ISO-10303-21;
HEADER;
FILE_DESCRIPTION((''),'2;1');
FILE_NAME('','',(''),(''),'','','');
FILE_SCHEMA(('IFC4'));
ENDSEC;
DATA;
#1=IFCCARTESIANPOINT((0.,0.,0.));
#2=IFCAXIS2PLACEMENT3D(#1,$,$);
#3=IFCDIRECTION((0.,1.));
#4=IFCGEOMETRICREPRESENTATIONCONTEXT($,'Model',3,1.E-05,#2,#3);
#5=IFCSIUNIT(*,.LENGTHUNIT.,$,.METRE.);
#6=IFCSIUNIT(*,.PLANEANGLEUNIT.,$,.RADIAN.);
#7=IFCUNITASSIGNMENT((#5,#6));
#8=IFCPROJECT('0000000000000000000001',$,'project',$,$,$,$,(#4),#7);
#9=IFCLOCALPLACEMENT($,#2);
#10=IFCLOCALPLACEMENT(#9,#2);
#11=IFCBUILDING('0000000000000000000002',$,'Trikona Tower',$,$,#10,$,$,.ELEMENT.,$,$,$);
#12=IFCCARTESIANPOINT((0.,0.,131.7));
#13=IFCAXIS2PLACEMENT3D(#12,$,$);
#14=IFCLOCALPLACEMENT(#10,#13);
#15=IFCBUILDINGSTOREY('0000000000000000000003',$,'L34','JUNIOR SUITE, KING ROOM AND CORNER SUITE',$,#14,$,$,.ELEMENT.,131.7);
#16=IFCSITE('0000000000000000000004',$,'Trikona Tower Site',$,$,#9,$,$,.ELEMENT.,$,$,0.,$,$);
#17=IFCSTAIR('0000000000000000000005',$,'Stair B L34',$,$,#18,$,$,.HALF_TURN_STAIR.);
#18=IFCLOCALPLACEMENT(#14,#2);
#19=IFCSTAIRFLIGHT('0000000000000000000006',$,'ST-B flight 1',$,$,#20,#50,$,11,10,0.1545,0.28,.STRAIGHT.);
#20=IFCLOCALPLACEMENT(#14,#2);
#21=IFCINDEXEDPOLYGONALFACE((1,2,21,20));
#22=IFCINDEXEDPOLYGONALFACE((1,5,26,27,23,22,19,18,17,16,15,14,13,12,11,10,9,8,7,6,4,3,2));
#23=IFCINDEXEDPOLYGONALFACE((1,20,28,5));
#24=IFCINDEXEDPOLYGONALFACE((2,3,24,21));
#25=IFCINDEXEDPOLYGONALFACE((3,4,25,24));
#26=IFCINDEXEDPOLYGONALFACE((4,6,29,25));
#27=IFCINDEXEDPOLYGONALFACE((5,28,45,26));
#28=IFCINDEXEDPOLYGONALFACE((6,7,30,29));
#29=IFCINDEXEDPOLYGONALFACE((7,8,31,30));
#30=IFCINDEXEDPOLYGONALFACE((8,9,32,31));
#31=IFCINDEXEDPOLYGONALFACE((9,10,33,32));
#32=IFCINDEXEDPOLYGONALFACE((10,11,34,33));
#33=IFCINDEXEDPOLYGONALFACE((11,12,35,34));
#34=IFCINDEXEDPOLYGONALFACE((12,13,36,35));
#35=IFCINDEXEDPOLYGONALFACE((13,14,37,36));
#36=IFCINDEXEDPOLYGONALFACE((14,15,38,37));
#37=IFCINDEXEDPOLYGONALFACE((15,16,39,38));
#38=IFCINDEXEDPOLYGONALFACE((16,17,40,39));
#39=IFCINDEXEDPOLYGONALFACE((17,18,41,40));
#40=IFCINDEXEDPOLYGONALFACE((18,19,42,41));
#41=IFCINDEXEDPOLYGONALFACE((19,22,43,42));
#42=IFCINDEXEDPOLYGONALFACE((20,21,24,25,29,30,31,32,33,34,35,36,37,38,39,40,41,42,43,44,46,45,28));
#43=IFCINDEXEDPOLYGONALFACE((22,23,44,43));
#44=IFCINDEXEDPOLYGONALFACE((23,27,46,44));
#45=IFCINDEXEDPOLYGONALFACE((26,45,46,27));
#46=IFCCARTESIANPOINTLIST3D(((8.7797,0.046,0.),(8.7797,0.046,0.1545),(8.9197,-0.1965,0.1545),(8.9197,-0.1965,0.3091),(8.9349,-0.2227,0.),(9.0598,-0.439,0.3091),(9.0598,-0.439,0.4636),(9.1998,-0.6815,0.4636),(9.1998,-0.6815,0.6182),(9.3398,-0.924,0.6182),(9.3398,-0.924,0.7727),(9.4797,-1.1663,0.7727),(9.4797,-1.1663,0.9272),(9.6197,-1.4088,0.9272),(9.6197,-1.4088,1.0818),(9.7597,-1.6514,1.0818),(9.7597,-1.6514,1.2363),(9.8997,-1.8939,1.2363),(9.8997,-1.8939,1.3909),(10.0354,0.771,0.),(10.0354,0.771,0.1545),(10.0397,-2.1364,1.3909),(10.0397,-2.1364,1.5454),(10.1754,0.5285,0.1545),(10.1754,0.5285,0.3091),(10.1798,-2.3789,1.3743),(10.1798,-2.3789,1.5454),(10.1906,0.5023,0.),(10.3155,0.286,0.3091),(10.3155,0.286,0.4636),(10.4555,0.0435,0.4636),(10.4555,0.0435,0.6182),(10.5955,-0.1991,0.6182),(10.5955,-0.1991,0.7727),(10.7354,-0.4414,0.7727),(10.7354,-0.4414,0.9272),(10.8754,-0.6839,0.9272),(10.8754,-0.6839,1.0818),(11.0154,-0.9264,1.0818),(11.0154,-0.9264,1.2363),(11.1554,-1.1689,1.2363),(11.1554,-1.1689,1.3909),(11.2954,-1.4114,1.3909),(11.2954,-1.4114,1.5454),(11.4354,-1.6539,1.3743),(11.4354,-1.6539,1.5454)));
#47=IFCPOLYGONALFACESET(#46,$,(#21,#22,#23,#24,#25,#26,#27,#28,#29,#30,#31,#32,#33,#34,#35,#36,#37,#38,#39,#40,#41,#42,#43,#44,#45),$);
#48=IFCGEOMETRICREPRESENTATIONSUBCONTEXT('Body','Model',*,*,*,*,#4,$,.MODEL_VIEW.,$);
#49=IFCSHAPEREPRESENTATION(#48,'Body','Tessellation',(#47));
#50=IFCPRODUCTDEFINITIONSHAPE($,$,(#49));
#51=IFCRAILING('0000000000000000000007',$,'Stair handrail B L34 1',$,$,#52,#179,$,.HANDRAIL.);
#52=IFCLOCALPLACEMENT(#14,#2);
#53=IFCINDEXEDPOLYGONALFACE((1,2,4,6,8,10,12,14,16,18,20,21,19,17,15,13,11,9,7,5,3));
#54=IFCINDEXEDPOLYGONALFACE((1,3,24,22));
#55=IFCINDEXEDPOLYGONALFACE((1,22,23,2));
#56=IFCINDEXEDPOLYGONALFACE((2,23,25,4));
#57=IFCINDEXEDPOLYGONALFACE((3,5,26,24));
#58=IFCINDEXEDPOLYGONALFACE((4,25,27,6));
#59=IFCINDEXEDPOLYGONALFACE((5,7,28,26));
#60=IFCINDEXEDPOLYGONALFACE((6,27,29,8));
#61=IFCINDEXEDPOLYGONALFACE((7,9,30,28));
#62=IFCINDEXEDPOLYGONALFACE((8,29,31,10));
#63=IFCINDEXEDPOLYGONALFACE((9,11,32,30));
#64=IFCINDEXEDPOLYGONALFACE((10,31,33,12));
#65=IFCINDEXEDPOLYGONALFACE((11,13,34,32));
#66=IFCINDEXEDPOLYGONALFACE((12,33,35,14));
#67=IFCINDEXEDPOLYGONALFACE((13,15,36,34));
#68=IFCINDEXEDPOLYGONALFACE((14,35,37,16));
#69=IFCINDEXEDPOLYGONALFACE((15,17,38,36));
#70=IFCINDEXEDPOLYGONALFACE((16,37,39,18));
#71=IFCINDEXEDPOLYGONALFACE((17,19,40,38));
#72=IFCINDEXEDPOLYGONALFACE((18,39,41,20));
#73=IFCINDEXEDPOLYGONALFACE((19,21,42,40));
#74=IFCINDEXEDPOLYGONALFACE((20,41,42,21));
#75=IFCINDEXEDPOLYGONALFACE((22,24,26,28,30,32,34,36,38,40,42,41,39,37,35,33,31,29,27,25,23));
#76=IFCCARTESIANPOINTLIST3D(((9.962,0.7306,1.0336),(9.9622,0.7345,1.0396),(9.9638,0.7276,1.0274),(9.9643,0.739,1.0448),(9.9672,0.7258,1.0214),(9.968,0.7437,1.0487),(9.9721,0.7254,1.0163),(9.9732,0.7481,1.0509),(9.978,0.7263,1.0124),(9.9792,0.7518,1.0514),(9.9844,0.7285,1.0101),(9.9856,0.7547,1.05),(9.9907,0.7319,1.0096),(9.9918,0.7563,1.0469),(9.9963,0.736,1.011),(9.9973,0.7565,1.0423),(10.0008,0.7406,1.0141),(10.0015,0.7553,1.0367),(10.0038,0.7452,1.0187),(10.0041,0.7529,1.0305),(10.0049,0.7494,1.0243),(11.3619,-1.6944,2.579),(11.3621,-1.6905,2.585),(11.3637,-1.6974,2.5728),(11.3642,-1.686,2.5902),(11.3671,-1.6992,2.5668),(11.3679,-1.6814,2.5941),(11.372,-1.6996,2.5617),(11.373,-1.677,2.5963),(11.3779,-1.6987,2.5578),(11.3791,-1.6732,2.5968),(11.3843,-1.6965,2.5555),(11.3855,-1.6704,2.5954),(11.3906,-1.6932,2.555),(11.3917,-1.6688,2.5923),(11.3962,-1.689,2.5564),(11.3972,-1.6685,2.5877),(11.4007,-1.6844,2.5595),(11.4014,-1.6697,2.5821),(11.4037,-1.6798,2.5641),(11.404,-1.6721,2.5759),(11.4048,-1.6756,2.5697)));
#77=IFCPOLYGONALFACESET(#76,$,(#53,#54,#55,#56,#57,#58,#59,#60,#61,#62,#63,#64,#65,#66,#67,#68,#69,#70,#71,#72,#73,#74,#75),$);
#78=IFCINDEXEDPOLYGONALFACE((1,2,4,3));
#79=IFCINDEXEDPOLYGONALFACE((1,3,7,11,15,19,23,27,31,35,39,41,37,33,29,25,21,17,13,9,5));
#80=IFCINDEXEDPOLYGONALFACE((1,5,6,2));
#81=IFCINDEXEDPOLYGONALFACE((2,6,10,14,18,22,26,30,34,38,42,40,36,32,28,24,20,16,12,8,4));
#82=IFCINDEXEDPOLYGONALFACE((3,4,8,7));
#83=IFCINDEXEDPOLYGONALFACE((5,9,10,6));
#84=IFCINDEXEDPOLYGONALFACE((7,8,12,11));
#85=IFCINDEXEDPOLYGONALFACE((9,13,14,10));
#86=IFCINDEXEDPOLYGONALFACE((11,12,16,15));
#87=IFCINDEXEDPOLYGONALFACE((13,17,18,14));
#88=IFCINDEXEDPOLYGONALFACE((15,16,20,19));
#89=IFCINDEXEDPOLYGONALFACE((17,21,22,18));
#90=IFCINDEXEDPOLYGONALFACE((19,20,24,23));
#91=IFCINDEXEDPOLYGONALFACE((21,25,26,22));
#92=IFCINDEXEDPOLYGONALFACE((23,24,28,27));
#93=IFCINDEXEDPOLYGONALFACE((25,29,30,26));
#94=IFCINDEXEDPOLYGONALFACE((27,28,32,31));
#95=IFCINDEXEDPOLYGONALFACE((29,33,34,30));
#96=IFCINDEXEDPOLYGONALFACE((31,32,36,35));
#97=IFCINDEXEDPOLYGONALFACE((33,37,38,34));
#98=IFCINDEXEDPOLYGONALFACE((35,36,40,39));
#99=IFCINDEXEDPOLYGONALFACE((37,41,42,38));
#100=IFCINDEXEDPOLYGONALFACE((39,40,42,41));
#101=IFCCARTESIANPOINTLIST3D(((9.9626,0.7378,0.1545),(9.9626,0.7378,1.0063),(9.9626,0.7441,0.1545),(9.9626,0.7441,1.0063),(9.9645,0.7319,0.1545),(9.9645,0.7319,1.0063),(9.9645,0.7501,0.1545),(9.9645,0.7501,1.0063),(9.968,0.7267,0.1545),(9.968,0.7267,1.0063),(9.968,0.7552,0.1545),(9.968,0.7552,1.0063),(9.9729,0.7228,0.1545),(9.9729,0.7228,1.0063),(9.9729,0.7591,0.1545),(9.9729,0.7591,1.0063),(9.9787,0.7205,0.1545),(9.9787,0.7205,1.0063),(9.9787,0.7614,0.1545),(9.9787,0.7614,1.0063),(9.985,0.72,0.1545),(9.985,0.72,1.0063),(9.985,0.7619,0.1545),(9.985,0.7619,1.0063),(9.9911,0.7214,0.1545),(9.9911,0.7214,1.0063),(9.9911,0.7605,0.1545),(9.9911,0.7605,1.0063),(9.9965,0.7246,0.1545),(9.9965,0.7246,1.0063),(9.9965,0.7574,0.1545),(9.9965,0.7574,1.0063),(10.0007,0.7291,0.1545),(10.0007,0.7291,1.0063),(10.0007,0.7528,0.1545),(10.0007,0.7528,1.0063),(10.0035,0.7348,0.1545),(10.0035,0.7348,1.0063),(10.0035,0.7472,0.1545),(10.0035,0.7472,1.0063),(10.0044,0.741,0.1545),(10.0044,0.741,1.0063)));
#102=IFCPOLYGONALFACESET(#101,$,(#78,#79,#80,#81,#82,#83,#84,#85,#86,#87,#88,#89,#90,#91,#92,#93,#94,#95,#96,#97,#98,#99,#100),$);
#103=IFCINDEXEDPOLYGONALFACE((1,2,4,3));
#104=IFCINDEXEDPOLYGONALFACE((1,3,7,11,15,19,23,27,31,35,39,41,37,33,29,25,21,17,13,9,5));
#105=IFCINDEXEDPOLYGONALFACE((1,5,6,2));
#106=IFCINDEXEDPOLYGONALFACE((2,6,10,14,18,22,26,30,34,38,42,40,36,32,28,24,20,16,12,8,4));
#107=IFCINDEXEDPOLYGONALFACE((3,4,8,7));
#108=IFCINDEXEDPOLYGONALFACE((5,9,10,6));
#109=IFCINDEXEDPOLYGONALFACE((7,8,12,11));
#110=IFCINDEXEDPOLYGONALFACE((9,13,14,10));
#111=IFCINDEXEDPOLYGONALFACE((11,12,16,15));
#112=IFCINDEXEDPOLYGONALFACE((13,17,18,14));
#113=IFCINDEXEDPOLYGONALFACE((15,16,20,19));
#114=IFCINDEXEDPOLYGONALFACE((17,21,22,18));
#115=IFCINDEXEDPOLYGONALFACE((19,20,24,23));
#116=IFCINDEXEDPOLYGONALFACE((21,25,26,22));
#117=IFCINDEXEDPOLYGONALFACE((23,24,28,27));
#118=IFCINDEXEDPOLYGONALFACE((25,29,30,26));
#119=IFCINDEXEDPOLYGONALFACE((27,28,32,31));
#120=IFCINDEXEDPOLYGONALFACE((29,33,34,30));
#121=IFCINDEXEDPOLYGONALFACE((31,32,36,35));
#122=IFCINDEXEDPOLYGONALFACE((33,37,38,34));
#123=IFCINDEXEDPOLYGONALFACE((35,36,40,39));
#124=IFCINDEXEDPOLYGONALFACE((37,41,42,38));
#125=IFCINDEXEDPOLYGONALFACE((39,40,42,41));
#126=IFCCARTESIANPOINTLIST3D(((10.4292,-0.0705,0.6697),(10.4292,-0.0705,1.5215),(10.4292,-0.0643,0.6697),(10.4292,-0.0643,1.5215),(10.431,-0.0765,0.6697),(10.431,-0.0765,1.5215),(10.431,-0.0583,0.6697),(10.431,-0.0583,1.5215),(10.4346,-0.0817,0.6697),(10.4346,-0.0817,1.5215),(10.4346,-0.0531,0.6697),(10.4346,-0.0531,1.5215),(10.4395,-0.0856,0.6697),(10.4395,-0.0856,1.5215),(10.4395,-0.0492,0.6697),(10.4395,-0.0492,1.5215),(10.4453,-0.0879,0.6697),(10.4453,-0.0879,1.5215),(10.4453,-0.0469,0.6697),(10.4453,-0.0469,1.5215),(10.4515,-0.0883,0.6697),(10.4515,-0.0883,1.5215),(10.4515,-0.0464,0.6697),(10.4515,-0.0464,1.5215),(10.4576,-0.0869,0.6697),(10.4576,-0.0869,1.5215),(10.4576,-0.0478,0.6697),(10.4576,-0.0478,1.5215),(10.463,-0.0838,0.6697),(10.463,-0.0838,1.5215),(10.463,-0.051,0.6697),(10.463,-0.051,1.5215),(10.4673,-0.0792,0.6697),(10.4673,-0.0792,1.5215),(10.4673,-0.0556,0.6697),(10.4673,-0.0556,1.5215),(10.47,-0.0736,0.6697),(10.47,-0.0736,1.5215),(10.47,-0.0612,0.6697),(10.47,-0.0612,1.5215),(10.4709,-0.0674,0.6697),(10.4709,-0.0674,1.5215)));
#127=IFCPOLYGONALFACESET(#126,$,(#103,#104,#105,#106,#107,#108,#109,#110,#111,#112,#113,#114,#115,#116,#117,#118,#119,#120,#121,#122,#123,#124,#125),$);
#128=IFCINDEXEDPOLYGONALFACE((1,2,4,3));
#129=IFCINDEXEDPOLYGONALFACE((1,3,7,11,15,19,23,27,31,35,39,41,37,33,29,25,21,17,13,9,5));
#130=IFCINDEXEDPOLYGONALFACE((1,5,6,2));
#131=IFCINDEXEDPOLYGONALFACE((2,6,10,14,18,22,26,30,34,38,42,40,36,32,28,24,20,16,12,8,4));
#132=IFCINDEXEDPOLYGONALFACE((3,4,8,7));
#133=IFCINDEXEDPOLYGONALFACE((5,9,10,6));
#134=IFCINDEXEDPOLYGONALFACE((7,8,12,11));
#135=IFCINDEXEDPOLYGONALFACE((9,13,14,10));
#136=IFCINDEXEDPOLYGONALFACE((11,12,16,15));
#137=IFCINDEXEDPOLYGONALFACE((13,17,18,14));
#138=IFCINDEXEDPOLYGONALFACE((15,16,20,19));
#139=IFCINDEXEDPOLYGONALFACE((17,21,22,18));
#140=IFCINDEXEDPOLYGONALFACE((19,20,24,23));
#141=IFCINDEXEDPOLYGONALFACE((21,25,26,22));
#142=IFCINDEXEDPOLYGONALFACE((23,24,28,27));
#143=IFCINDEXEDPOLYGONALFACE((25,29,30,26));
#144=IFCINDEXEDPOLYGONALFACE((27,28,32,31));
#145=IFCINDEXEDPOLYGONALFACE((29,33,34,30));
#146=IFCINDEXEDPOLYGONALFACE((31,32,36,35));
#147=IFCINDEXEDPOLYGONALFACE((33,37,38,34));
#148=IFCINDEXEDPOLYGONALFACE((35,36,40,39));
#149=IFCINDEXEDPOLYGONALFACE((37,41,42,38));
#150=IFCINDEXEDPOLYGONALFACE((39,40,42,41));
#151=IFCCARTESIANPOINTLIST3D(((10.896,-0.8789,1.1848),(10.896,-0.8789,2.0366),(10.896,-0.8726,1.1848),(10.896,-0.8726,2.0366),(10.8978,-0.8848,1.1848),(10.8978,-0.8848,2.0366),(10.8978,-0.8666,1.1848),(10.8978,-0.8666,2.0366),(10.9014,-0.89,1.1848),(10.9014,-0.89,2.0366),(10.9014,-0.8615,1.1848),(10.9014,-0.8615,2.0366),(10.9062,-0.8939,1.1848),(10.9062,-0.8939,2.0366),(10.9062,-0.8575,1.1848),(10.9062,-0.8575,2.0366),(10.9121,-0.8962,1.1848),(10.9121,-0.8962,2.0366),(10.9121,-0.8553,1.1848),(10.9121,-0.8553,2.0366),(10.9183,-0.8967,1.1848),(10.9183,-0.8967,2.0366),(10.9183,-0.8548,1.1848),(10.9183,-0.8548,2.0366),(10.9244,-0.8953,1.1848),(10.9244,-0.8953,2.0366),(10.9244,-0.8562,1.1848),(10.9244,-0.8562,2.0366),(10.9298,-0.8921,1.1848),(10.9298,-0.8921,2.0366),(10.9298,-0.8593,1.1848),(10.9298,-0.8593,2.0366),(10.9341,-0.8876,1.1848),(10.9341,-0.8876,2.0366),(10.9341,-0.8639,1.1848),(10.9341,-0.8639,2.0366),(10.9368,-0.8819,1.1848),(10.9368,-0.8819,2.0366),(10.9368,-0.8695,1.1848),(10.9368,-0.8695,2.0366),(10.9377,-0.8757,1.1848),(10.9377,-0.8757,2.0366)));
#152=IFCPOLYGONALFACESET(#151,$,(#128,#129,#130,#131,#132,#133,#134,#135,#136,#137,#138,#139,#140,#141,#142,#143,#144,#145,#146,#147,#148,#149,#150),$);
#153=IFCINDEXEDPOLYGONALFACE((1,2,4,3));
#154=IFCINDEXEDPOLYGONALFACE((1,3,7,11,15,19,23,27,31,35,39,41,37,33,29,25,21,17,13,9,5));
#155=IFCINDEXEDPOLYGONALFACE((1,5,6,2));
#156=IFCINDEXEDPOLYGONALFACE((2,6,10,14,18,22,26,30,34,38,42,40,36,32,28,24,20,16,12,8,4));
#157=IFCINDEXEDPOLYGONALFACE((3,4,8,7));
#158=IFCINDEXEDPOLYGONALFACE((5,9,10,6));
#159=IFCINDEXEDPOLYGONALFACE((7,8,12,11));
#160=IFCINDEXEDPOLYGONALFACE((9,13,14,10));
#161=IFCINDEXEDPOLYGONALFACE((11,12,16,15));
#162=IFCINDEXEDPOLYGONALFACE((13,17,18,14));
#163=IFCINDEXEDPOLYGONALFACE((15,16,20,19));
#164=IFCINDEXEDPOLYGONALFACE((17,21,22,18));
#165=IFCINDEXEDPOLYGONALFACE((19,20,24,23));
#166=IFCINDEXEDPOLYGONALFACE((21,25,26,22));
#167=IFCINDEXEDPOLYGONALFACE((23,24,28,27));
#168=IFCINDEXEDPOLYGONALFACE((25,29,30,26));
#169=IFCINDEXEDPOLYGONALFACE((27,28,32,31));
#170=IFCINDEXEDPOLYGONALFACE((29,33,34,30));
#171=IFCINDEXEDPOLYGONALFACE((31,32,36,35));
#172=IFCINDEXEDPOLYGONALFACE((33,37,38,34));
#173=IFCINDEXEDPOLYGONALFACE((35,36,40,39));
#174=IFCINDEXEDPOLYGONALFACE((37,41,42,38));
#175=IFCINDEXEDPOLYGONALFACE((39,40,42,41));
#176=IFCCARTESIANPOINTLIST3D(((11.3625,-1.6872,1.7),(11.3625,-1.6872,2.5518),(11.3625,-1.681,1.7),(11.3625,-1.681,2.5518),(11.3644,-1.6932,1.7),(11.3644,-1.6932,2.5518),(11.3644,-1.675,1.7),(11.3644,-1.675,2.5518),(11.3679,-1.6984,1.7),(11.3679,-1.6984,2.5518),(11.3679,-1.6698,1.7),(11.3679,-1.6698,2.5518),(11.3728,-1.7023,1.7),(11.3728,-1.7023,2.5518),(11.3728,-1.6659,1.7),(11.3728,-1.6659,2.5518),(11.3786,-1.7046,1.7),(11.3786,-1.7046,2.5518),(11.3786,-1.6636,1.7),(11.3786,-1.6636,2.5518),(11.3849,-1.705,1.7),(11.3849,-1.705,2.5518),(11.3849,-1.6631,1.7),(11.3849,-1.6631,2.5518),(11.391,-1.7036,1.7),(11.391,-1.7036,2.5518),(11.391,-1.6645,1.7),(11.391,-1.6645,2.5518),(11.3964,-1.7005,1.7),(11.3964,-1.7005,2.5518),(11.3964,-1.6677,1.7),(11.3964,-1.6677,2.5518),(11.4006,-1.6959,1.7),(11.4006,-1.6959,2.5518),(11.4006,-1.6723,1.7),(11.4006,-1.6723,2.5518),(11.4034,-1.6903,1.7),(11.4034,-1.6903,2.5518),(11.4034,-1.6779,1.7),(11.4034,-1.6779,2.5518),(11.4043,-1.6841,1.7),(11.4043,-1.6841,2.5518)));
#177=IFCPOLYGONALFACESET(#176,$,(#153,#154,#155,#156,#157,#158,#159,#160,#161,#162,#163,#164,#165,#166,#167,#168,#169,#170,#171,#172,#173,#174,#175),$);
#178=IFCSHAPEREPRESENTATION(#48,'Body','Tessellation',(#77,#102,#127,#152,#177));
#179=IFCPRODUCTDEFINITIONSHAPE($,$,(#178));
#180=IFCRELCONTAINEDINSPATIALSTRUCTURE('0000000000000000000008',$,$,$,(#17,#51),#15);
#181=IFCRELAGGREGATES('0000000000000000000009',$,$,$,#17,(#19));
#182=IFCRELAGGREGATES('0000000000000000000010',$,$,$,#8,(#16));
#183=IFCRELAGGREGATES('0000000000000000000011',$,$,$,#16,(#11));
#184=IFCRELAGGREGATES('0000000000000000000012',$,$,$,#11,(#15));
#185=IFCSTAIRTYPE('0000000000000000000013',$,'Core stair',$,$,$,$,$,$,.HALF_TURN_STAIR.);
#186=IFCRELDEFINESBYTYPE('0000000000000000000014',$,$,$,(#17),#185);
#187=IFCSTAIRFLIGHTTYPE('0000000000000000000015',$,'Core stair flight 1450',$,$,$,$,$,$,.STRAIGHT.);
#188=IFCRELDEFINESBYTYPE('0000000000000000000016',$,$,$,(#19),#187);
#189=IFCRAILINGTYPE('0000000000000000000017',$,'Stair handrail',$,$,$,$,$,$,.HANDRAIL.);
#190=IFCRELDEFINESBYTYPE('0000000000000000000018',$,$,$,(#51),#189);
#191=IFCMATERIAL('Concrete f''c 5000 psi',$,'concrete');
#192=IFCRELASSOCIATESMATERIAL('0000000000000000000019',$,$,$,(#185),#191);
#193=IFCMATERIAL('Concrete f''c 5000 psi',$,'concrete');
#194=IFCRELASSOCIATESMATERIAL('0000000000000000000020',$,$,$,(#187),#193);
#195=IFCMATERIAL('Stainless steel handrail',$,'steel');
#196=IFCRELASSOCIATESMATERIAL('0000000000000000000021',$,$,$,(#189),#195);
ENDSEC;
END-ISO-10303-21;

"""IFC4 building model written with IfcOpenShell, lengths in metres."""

from ifc_helpers import new_model, si_unit, direction, frame, origin, origin_2d, place, context, subcontext, project, spatial, polyline, circle, outline, extrude, material, type_object, element, aggregate, save


model = new_model("IFC4")

# Units and contexts
model_context = context("Model", 3, precision=1e-05, world=origin(), true_north=direction((0.0, 1.0)))
body_context = subcontext(model_context, "Body", "Model", "MODEL_VIEW")
ifc_project = project(units=[si_unit("LENGTHUNIT", "METRE"), si_unit("PLANEANGLEUNIT", "RADIAN")], contexts=[model_context])

# Site, building, storey
site_placement = place(None, origin())
site = spatial("IfcSite", under=ifc_project, at=site_placement, Name="Trikona Tower Site", CompositionType="ELEMENT", RefElevation=0.0)
building_placement = place(site_placement, origin())
building = spatial("IfcBuilding", under=site, at=building_placement, Name="Trikona Tower", CompositionType="ELEMENT")
storey_placement = place(building_placement, frame((0.0, 0.0, 131.7)))
storey = spatial("IfcBuildingStorey", under=building, at=storey_placement, Name="L34", Description="JUNIOR SUITE, KING ROOM AND CORNER SUITE", CompositionType="ELEMENT", Elevation=131.7)

# Stair
ifc_material_1 = material(Name="Concrete f'c 5000 psi", Category="concrete")
stair_type = type_object("IfcStairType", Name="Core stair", PredefinedType="HALF_TURN_STAIR", material=ifc_material_1)
stair_1_placement = place(storey_placement, origin())
stair_1 = element("IfcStair", 1, at=stair_1_placement, inside=storey, type_object=stair_type, Name="Stair B L34", PredefinedType="HALF_TURN_STAIR")

# Stair flight
ifc_material_2 = material(Name="Concrete f'c 5000 psi", Category="concrete")
stair_flight_type = type_object("IfcStairFlightType", Name="Core stair flight 1450", PredefinedType="STRAIGHT", material=ifc_material_2)
stair_flight_placement = place(storey_placement, frame((9.4075, 0.4084, 0.0), z_axis=(0.0, 0.0, 1.0), x_axis=(0.5, -0.866025, 0.0)))
stair_flight = element("IfcStairFlight", 2, at=stair_flight_placement, type_object=stair_flight_type, Name="ST-B flight 1", NumberOfRisers=11, NumberOfTreads=10, PredefinedType="STRAIGHT", RiserHeight=0.1545, TreadLength=0.28, context=body_context, shape_type="SweptSolid", body=[
    extrude(outline(polyline([(0.0, 0.0), (0.0, 0.1545), (0.28, 0.1545), (0.28, 0.3091), (0.5601, 0.3091), (0.5601, 0.4636), (0.8401, 0.4636), (0.8401, 0.6182), (1.1201, 0.6182), (1.1201, 0.7727), (1.3999, 0.7727), (1.3999, 0.9272), (1.6799, 0.9272), (1.6799, 1.0818), (1.96, 1.0818), (1.96, 1.2363), (2.24, 1.2363), (2.24, 1.3909), (2.52, 1.3909), (2.52, 1.5454), (2.8, 1.5454), (2.8, 1.7), (2.8, 1.3743), (0.3103, 0.0), (0.0, 0.0)])), frame((0.0, 0.7251, 0.0), z_axis=(0.0, -1.0, 0.0), x_axis=(1.0, 0.0, 0.0)), (0.0, 0.0, 1.0), 1.45),
])
aggregate(stair_1, [stair_flight])

# Railing
ifc_material_3 = material(Name="Stainless steel handrail", Category="steel")
railing_type = type_object("IfcRailingType", Name="Stair handrail", PredefinedType="HANDRAIL", material=ifc_material_3)
railing_placement = place(storey_placement, frame((9.9834, 0.741, 0.1545)))
element("IfcRailing", 3, at=railing_placement, inside=storey, type_object=railing_type, Name="Stair handrail B L34 1", PredefinedType="HANDRAIL", context=body_context, shape_type="SweptSolid", body=[
    extrude(circle(Radius=0.0239, at=origin_2d()), frame((0.0, 0.0, 0.876), z_axis=(0.437707, -0.75824, 0.483203), x_axis=(0.866056, 0.499946, 0.0)), (0.0, 0.0, 1.0), 3.1982),
    extrude(circle(Radius=0.021, at=origin_2d()), origin(), (0.0, 0.0, 1.0), 0.8518),
    extrude(circle(Radius=0.021, at=origin_2d()), frame((0.4666, -0.8083, 0.5151)), (0.0, 0.0, 1.0), 0.8518),
    extrude(circle(Radius=0.021, at=origin_2d()), frame((0.9333, -1.6167, 1.0303)), (0.0, 0.0, 1.0), 0.8518),
    extrude(circle(Radius=0.021, at=origin_2d()), frame((1.3999, -2.425, 1.5454)), (0.0, 0.0, 1.0), 0.8518),
])

save(model, "model.ifc")
